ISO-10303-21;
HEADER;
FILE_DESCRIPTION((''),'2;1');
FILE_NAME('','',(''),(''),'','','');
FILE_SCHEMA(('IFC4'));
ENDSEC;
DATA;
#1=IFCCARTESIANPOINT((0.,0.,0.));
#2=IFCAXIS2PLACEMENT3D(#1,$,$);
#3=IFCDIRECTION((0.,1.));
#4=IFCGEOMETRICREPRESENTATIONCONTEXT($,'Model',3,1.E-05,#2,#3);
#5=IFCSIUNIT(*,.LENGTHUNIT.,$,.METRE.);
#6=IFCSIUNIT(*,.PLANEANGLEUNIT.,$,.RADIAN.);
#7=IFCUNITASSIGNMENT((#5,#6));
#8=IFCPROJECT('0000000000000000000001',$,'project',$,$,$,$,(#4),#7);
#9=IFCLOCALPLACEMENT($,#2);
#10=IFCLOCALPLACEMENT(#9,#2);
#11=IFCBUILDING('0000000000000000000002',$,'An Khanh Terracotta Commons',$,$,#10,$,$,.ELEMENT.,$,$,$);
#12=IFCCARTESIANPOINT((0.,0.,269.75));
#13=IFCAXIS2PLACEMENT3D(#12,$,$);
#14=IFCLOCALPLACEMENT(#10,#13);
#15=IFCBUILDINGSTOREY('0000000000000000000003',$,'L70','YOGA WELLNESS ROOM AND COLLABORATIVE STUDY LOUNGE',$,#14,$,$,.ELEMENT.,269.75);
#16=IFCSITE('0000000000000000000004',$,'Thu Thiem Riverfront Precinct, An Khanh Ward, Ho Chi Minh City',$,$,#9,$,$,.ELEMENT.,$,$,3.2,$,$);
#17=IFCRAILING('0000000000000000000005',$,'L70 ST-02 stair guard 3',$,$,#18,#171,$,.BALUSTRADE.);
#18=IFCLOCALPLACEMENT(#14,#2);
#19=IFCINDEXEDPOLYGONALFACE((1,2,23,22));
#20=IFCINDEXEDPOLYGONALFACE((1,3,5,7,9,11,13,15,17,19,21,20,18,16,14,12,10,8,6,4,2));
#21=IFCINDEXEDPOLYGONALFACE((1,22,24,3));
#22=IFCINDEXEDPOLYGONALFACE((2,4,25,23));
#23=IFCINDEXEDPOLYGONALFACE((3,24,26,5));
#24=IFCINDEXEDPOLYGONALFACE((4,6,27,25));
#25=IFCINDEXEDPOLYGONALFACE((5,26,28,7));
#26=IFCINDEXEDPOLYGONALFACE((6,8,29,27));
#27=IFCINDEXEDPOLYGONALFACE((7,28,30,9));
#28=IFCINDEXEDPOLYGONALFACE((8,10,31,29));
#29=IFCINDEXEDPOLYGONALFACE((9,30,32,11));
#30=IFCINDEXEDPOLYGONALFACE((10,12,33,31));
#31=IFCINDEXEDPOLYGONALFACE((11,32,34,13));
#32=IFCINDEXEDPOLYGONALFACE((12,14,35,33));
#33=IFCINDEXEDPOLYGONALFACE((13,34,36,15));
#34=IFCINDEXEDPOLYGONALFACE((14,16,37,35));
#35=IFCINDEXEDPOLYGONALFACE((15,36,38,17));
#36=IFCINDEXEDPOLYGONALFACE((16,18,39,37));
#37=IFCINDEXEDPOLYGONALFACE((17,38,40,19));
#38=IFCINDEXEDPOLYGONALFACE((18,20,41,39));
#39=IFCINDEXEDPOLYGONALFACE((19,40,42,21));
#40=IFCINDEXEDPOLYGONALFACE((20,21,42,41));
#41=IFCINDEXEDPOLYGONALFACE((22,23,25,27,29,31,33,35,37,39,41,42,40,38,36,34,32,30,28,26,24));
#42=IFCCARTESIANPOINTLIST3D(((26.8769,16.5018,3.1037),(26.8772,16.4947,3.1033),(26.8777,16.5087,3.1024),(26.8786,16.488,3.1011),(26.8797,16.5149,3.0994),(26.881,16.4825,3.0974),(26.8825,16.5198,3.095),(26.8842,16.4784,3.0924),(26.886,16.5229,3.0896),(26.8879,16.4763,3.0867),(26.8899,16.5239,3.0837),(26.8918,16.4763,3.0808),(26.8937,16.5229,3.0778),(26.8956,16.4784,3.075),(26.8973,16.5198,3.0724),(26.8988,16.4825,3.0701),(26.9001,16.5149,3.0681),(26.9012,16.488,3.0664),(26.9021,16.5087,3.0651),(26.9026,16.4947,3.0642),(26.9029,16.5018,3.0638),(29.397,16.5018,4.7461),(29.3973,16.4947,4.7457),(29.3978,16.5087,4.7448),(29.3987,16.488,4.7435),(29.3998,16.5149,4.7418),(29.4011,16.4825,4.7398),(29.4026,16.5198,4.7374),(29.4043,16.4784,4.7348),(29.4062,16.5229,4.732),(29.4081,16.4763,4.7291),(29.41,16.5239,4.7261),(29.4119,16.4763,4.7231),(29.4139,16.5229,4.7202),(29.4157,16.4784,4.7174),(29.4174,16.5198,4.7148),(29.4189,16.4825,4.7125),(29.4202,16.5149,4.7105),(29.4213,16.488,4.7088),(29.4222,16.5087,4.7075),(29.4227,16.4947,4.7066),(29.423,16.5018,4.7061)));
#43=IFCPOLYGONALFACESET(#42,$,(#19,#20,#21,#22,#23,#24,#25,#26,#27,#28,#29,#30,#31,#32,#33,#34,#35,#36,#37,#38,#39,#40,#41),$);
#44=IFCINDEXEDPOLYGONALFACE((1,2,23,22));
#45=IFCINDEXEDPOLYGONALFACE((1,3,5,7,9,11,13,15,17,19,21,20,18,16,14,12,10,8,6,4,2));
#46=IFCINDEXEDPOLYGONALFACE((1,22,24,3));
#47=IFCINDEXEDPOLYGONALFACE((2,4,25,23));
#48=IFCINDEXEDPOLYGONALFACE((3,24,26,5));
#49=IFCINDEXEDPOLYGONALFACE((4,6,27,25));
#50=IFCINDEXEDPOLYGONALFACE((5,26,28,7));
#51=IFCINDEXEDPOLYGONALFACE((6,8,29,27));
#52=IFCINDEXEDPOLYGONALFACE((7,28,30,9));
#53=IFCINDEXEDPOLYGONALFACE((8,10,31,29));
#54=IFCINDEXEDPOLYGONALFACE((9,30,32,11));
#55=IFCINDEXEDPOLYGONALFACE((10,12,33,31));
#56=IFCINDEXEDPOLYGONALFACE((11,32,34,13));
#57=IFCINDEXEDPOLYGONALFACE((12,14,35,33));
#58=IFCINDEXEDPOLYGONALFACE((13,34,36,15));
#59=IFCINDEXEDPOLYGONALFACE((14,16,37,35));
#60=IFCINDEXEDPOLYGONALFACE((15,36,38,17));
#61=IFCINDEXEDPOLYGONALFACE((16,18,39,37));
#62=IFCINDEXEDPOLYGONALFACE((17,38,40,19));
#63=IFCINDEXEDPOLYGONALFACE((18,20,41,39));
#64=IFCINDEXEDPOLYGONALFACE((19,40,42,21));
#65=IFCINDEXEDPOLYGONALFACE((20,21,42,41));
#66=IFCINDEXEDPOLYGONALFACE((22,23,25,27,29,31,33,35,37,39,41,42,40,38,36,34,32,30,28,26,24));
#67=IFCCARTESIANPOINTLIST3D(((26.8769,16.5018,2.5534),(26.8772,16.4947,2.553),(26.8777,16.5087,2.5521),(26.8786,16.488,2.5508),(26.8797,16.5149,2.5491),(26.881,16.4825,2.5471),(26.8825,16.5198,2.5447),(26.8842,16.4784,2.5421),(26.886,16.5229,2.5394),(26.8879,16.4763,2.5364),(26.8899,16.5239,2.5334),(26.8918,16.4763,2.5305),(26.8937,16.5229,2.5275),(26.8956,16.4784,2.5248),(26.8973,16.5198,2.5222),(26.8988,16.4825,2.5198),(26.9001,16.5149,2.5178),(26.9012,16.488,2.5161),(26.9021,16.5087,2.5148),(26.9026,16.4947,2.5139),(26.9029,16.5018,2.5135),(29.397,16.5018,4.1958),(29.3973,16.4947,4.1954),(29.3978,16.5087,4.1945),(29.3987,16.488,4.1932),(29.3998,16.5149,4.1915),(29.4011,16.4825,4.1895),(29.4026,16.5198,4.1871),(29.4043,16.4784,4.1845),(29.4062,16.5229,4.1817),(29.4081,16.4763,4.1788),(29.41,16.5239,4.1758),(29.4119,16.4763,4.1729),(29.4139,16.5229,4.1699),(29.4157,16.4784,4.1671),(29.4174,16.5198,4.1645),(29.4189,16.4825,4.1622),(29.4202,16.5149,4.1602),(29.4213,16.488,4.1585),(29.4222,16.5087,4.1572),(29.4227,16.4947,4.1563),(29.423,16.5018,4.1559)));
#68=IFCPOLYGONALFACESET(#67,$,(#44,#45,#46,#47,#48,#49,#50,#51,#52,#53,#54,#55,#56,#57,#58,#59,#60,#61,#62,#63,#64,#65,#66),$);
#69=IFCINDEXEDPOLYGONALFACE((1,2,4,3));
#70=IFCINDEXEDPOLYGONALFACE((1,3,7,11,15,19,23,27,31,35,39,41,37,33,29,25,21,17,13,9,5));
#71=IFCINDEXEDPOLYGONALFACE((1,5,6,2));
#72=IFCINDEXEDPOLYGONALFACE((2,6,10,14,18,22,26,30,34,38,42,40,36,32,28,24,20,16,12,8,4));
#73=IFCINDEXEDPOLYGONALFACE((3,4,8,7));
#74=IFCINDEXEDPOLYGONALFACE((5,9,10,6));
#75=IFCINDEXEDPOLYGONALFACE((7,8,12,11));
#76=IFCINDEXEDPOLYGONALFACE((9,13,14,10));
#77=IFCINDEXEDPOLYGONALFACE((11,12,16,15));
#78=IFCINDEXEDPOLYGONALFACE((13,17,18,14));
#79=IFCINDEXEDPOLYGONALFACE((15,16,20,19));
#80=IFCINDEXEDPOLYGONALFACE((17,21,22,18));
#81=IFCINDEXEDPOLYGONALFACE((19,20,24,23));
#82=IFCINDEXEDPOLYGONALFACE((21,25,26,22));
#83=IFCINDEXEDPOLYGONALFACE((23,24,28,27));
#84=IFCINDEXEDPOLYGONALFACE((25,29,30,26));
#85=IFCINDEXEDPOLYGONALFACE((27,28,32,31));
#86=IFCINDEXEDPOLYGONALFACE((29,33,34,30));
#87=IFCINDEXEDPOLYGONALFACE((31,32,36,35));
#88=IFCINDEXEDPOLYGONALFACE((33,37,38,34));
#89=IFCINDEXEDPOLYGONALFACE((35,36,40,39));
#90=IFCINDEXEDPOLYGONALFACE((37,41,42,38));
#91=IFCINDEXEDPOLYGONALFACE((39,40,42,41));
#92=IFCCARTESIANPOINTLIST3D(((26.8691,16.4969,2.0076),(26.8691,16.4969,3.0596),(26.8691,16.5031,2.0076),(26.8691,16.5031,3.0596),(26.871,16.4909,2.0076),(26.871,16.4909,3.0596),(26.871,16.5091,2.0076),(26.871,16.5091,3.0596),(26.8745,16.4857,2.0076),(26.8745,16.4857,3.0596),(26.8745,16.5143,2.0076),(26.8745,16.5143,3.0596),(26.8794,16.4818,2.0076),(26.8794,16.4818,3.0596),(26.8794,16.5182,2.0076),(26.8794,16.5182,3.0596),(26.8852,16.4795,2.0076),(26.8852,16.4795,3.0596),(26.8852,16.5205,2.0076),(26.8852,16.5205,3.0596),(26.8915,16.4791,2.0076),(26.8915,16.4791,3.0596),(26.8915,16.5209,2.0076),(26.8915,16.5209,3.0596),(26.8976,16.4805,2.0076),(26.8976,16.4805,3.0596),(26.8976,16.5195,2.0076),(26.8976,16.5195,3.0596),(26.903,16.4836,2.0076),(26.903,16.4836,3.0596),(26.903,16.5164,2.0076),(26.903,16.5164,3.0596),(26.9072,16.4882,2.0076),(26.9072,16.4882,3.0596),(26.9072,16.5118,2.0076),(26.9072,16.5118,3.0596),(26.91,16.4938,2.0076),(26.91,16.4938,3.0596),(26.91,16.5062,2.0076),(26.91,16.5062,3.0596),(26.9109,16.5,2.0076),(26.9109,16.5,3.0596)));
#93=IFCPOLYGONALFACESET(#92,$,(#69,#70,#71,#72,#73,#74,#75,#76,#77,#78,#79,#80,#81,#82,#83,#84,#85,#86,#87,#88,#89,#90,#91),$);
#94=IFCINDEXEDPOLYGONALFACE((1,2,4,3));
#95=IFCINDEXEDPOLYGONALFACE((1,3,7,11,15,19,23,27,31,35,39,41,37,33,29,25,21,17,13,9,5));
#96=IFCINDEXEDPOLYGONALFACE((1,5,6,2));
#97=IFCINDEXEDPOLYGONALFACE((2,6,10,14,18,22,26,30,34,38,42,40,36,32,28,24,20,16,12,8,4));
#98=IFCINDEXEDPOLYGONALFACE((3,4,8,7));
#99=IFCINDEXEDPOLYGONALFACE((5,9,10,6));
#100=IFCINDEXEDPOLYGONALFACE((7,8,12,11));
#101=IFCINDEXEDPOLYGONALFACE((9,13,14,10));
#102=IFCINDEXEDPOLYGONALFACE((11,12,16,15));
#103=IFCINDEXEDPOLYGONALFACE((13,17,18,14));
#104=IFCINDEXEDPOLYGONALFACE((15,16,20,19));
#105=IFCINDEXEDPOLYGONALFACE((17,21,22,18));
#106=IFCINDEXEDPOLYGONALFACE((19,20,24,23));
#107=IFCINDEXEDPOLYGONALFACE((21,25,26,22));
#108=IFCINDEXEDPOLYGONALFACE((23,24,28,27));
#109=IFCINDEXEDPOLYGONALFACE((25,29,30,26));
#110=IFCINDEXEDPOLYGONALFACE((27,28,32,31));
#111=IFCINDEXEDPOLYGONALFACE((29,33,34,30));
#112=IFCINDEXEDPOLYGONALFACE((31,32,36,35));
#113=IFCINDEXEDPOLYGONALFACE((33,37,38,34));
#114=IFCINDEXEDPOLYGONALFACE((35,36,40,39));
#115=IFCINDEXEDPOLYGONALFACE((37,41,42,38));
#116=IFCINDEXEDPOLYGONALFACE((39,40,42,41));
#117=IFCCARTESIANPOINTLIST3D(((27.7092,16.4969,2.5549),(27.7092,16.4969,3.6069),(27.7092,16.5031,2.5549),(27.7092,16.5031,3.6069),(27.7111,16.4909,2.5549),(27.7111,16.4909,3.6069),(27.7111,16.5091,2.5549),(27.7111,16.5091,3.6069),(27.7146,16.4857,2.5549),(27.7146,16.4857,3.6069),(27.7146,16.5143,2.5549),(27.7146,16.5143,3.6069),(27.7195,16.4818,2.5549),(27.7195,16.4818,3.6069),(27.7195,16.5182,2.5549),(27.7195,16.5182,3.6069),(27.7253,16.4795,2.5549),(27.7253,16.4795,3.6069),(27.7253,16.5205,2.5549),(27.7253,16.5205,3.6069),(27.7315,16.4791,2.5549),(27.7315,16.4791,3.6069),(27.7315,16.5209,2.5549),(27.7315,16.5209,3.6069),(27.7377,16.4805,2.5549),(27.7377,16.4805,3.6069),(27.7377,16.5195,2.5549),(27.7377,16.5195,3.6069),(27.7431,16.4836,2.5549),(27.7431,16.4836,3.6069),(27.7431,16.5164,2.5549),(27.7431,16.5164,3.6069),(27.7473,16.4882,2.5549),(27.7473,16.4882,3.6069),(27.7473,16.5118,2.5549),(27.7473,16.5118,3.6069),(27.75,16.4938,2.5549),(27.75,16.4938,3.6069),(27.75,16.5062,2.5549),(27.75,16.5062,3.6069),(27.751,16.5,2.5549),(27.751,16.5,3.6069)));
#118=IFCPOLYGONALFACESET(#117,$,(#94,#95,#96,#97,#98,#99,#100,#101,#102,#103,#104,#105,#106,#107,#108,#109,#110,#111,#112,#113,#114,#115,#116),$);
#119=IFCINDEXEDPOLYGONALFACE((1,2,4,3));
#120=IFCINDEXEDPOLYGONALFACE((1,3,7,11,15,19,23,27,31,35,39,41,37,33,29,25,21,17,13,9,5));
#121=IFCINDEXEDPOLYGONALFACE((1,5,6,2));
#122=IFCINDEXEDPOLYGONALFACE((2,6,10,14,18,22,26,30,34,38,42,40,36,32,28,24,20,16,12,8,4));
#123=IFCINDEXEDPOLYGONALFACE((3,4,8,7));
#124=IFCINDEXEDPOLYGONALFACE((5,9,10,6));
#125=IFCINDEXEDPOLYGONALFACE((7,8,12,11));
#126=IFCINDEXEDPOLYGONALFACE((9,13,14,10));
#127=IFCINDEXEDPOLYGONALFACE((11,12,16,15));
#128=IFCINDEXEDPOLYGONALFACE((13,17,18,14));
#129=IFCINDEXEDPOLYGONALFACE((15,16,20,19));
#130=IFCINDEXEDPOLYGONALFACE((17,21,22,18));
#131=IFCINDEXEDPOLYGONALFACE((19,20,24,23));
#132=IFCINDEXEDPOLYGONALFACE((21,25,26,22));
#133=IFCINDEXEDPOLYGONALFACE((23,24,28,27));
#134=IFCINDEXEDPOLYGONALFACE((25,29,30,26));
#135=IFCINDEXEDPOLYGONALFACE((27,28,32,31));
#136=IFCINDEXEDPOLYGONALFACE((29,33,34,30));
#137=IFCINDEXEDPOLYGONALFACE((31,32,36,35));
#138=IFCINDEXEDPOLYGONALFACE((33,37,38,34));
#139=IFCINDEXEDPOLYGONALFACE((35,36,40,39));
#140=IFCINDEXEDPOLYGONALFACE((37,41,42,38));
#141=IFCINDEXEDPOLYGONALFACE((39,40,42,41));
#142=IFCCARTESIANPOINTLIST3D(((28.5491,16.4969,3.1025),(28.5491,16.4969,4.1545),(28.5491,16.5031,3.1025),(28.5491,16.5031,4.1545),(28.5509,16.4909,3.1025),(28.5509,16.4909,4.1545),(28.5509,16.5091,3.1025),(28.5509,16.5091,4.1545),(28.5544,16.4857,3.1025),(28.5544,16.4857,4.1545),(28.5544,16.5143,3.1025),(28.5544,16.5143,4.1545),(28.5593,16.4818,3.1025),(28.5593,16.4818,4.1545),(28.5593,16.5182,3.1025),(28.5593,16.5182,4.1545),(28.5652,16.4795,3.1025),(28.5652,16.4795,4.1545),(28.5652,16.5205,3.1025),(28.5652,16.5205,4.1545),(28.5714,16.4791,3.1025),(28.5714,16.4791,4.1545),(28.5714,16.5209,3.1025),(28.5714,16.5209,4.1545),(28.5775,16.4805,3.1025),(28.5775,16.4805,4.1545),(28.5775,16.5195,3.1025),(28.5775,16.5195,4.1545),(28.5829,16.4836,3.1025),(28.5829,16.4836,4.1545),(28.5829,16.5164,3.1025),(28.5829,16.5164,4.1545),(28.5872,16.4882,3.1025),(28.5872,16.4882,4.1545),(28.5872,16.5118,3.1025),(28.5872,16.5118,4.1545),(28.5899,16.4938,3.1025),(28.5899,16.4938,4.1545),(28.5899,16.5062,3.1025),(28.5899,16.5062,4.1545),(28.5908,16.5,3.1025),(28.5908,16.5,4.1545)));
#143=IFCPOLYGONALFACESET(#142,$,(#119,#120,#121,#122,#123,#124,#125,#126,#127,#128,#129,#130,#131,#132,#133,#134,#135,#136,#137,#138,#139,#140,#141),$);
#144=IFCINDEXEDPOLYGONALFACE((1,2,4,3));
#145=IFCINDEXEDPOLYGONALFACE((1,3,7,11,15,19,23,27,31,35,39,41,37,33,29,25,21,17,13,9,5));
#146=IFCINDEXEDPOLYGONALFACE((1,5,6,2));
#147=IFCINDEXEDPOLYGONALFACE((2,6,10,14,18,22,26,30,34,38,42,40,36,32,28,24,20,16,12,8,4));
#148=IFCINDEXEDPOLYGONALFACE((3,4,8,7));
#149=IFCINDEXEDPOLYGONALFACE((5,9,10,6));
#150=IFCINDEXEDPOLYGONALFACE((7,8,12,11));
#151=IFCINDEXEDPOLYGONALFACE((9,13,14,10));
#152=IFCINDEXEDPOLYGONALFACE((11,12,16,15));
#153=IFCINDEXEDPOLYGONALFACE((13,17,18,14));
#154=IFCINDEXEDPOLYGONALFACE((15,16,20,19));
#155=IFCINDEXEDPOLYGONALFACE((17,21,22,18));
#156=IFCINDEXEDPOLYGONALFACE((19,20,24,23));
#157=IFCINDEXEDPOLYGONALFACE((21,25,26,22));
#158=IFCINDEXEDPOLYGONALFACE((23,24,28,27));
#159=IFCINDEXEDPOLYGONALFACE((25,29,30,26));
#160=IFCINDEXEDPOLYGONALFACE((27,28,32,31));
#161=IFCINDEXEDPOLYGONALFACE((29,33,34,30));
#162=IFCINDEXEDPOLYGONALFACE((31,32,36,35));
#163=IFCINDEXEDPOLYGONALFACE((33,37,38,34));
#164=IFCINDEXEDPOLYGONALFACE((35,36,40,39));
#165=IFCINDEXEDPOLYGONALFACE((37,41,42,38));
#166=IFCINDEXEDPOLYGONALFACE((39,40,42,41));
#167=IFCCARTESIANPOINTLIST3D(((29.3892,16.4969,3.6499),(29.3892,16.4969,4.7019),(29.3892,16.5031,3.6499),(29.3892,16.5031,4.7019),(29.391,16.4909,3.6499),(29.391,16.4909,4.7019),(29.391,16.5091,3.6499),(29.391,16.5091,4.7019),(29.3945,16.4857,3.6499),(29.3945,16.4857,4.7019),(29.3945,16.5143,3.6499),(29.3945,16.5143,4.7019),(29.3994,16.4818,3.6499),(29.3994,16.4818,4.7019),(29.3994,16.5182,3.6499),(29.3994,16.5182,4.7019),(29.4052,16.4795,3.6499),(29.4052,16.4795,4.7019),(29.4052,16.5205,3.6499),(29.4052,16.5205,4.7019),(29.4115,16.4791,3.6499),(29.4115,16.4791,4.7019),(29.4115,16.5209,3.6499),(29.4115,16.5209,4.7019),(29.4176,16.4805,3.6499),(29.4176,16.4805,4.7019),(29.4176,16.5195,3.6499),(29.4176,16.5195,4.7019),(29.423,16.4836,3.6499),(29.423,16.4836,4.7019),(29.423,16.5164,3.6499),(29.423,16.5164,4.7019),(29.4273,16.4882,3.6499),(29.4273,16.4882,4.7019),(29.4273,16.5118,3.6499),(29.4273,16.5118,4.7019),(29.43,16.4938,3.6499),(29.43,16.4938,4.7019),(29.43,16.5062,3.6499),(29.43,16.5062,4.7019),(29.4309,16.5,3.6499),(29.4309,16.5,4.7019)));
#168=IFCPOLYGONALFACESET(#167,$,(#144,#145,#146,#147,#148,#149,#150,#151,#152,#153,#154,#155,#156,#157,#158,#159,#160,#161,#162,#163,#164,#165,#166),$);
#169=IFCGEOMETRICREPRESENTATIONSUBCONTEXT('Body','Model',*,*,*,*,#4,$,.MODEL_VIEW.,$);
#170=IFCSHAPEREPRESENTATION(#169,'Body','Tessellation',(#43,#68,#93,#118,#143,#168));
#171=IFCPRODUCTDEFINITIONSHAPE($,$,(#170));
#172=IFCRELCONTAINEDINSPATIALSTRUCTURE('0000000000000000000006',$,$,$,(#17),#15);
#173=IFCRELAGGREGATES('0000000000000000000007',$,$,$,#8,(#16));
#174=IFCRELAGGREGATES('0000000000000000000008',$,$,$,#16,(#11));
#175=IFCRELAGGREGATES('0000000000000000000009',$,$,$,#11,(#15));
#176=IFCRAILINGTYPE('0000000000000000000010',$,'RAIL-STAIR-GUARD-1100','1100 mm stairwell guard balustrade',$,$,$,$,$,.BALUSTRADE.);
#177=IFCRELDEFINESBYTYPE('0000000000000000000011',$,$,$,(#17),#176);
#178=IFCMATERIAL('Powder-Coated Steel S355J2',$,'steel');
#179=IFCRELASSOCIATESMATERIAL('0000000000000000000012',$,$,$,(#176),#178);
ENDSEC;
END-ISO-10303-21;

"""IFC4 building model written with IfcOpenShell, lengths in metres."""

from ifc_helpers import new_model, si_unit, direction, frame, origin, origin_2d, place, context, subcontext, project, spatial, circle, extrude, material, type_object, element, save


model = new_model("IFC4")

# Units and contexts
model_context = context("Model", 3, precision=1e-05, world=origin(), true_north=direction((0.0, 1.0)))
body_context = subcontext(model_context, "Body", "Model", "MODEL_VIEW")
ifc_project = project(units=[si_unit("LENGTHUNIT", "METRE"), si_unit("PLANEANGLEUNIT", "RADIAN")], contexts=[model_context])

# Site, building, storey
site_placement = place(None, origin())
site = spatial("IfcSite", under=ifc_project, at=site_placement, Name="Thu Thiem Riverfront Precinct, An Khanh Ward, Ho Chi Minh City", CompositionType="ELEMENT", RefElevation=3.2)
building_placement = place(site_placement, origin())
building = spatial("IfcBuilding", under=site, at=building_placement, Name="An Khanh Terracotta Commons", CompositionType="ELEMENT")
storey_placement = place(building_placement, frame((0.0, 0.0, 269.75)))
storey = spatial("IfcBuildingStorey", under=building, at=storey_placement, Name="L70", Description="YOGA WELLNESS ROOM AND COLLABORATIVE STUDY LOUNGE", CompositionType="ELEMENT", Elevation=269.75)

# Railing
ifc_material_1 = material(Name="Powder-Coated Steel S355J2", Category="steel")
railing_type_1 = type_object("IfcRailingType", Name="RAIL-STAIR-GUARD-1100", Description="1100 mm stairwell guard balustrade", PredefinedType="BALUSTRADE", material=ifc_material_1)
railing_1_placement = place(storey_placement, frame((26.8899, 16.5, 2.0076)))
element("IfcRailing", 1, at=railing_1_placement, inside=storey, type_object=railing_type_1, Name="L70 ST-02 stair guard 3", PredefinedType="BALUSTRADE", context=body_context, shape_type="SweptSolid", body=[
    extrude(circle(Radius=0.0239, at=origin_2d()), frame((0.0, 0.0, 1.0762), z_axis=(0.837787, 0.0, 0.545998), x_axis=(0.0, 1.0, 0.0)), (0.0, 0.0, 1.0), 3.0081),
    extrude(circle(Radius=0.0239, at=origin_2d()), frame((0.0, 0.0, 0.5259), z_axis=(0.837787, 0.0, 0.545998), x_axis=(0.0, 1.0, 0.0)), (0.0, 0.0, 1.0), 3.0081),
    extrude(circle(Radius=0.021, at=origin_2d()), origin(), (0.0, 0.0, 1.0), 1.052),
    extrude(circle(Radius=0.021, at=origin_2d()), frame((0.8401, 0.0, 0.5474)), (0.0, 0.0, 1.0), 1.052),
    extrude(circle(Radius=0.021, at=origin_2d()), frame((1.6799, 0.0, 1.095)), (0.0, 0.0, 1.0), 1.052),
    extrude(circle(Radius=0.021, at=origin_2d()), frame((2.52, 0.0, 1.6423)), (0.0, 0.0, 1.0), 1.052),
])

save(model, "model.ifc")
